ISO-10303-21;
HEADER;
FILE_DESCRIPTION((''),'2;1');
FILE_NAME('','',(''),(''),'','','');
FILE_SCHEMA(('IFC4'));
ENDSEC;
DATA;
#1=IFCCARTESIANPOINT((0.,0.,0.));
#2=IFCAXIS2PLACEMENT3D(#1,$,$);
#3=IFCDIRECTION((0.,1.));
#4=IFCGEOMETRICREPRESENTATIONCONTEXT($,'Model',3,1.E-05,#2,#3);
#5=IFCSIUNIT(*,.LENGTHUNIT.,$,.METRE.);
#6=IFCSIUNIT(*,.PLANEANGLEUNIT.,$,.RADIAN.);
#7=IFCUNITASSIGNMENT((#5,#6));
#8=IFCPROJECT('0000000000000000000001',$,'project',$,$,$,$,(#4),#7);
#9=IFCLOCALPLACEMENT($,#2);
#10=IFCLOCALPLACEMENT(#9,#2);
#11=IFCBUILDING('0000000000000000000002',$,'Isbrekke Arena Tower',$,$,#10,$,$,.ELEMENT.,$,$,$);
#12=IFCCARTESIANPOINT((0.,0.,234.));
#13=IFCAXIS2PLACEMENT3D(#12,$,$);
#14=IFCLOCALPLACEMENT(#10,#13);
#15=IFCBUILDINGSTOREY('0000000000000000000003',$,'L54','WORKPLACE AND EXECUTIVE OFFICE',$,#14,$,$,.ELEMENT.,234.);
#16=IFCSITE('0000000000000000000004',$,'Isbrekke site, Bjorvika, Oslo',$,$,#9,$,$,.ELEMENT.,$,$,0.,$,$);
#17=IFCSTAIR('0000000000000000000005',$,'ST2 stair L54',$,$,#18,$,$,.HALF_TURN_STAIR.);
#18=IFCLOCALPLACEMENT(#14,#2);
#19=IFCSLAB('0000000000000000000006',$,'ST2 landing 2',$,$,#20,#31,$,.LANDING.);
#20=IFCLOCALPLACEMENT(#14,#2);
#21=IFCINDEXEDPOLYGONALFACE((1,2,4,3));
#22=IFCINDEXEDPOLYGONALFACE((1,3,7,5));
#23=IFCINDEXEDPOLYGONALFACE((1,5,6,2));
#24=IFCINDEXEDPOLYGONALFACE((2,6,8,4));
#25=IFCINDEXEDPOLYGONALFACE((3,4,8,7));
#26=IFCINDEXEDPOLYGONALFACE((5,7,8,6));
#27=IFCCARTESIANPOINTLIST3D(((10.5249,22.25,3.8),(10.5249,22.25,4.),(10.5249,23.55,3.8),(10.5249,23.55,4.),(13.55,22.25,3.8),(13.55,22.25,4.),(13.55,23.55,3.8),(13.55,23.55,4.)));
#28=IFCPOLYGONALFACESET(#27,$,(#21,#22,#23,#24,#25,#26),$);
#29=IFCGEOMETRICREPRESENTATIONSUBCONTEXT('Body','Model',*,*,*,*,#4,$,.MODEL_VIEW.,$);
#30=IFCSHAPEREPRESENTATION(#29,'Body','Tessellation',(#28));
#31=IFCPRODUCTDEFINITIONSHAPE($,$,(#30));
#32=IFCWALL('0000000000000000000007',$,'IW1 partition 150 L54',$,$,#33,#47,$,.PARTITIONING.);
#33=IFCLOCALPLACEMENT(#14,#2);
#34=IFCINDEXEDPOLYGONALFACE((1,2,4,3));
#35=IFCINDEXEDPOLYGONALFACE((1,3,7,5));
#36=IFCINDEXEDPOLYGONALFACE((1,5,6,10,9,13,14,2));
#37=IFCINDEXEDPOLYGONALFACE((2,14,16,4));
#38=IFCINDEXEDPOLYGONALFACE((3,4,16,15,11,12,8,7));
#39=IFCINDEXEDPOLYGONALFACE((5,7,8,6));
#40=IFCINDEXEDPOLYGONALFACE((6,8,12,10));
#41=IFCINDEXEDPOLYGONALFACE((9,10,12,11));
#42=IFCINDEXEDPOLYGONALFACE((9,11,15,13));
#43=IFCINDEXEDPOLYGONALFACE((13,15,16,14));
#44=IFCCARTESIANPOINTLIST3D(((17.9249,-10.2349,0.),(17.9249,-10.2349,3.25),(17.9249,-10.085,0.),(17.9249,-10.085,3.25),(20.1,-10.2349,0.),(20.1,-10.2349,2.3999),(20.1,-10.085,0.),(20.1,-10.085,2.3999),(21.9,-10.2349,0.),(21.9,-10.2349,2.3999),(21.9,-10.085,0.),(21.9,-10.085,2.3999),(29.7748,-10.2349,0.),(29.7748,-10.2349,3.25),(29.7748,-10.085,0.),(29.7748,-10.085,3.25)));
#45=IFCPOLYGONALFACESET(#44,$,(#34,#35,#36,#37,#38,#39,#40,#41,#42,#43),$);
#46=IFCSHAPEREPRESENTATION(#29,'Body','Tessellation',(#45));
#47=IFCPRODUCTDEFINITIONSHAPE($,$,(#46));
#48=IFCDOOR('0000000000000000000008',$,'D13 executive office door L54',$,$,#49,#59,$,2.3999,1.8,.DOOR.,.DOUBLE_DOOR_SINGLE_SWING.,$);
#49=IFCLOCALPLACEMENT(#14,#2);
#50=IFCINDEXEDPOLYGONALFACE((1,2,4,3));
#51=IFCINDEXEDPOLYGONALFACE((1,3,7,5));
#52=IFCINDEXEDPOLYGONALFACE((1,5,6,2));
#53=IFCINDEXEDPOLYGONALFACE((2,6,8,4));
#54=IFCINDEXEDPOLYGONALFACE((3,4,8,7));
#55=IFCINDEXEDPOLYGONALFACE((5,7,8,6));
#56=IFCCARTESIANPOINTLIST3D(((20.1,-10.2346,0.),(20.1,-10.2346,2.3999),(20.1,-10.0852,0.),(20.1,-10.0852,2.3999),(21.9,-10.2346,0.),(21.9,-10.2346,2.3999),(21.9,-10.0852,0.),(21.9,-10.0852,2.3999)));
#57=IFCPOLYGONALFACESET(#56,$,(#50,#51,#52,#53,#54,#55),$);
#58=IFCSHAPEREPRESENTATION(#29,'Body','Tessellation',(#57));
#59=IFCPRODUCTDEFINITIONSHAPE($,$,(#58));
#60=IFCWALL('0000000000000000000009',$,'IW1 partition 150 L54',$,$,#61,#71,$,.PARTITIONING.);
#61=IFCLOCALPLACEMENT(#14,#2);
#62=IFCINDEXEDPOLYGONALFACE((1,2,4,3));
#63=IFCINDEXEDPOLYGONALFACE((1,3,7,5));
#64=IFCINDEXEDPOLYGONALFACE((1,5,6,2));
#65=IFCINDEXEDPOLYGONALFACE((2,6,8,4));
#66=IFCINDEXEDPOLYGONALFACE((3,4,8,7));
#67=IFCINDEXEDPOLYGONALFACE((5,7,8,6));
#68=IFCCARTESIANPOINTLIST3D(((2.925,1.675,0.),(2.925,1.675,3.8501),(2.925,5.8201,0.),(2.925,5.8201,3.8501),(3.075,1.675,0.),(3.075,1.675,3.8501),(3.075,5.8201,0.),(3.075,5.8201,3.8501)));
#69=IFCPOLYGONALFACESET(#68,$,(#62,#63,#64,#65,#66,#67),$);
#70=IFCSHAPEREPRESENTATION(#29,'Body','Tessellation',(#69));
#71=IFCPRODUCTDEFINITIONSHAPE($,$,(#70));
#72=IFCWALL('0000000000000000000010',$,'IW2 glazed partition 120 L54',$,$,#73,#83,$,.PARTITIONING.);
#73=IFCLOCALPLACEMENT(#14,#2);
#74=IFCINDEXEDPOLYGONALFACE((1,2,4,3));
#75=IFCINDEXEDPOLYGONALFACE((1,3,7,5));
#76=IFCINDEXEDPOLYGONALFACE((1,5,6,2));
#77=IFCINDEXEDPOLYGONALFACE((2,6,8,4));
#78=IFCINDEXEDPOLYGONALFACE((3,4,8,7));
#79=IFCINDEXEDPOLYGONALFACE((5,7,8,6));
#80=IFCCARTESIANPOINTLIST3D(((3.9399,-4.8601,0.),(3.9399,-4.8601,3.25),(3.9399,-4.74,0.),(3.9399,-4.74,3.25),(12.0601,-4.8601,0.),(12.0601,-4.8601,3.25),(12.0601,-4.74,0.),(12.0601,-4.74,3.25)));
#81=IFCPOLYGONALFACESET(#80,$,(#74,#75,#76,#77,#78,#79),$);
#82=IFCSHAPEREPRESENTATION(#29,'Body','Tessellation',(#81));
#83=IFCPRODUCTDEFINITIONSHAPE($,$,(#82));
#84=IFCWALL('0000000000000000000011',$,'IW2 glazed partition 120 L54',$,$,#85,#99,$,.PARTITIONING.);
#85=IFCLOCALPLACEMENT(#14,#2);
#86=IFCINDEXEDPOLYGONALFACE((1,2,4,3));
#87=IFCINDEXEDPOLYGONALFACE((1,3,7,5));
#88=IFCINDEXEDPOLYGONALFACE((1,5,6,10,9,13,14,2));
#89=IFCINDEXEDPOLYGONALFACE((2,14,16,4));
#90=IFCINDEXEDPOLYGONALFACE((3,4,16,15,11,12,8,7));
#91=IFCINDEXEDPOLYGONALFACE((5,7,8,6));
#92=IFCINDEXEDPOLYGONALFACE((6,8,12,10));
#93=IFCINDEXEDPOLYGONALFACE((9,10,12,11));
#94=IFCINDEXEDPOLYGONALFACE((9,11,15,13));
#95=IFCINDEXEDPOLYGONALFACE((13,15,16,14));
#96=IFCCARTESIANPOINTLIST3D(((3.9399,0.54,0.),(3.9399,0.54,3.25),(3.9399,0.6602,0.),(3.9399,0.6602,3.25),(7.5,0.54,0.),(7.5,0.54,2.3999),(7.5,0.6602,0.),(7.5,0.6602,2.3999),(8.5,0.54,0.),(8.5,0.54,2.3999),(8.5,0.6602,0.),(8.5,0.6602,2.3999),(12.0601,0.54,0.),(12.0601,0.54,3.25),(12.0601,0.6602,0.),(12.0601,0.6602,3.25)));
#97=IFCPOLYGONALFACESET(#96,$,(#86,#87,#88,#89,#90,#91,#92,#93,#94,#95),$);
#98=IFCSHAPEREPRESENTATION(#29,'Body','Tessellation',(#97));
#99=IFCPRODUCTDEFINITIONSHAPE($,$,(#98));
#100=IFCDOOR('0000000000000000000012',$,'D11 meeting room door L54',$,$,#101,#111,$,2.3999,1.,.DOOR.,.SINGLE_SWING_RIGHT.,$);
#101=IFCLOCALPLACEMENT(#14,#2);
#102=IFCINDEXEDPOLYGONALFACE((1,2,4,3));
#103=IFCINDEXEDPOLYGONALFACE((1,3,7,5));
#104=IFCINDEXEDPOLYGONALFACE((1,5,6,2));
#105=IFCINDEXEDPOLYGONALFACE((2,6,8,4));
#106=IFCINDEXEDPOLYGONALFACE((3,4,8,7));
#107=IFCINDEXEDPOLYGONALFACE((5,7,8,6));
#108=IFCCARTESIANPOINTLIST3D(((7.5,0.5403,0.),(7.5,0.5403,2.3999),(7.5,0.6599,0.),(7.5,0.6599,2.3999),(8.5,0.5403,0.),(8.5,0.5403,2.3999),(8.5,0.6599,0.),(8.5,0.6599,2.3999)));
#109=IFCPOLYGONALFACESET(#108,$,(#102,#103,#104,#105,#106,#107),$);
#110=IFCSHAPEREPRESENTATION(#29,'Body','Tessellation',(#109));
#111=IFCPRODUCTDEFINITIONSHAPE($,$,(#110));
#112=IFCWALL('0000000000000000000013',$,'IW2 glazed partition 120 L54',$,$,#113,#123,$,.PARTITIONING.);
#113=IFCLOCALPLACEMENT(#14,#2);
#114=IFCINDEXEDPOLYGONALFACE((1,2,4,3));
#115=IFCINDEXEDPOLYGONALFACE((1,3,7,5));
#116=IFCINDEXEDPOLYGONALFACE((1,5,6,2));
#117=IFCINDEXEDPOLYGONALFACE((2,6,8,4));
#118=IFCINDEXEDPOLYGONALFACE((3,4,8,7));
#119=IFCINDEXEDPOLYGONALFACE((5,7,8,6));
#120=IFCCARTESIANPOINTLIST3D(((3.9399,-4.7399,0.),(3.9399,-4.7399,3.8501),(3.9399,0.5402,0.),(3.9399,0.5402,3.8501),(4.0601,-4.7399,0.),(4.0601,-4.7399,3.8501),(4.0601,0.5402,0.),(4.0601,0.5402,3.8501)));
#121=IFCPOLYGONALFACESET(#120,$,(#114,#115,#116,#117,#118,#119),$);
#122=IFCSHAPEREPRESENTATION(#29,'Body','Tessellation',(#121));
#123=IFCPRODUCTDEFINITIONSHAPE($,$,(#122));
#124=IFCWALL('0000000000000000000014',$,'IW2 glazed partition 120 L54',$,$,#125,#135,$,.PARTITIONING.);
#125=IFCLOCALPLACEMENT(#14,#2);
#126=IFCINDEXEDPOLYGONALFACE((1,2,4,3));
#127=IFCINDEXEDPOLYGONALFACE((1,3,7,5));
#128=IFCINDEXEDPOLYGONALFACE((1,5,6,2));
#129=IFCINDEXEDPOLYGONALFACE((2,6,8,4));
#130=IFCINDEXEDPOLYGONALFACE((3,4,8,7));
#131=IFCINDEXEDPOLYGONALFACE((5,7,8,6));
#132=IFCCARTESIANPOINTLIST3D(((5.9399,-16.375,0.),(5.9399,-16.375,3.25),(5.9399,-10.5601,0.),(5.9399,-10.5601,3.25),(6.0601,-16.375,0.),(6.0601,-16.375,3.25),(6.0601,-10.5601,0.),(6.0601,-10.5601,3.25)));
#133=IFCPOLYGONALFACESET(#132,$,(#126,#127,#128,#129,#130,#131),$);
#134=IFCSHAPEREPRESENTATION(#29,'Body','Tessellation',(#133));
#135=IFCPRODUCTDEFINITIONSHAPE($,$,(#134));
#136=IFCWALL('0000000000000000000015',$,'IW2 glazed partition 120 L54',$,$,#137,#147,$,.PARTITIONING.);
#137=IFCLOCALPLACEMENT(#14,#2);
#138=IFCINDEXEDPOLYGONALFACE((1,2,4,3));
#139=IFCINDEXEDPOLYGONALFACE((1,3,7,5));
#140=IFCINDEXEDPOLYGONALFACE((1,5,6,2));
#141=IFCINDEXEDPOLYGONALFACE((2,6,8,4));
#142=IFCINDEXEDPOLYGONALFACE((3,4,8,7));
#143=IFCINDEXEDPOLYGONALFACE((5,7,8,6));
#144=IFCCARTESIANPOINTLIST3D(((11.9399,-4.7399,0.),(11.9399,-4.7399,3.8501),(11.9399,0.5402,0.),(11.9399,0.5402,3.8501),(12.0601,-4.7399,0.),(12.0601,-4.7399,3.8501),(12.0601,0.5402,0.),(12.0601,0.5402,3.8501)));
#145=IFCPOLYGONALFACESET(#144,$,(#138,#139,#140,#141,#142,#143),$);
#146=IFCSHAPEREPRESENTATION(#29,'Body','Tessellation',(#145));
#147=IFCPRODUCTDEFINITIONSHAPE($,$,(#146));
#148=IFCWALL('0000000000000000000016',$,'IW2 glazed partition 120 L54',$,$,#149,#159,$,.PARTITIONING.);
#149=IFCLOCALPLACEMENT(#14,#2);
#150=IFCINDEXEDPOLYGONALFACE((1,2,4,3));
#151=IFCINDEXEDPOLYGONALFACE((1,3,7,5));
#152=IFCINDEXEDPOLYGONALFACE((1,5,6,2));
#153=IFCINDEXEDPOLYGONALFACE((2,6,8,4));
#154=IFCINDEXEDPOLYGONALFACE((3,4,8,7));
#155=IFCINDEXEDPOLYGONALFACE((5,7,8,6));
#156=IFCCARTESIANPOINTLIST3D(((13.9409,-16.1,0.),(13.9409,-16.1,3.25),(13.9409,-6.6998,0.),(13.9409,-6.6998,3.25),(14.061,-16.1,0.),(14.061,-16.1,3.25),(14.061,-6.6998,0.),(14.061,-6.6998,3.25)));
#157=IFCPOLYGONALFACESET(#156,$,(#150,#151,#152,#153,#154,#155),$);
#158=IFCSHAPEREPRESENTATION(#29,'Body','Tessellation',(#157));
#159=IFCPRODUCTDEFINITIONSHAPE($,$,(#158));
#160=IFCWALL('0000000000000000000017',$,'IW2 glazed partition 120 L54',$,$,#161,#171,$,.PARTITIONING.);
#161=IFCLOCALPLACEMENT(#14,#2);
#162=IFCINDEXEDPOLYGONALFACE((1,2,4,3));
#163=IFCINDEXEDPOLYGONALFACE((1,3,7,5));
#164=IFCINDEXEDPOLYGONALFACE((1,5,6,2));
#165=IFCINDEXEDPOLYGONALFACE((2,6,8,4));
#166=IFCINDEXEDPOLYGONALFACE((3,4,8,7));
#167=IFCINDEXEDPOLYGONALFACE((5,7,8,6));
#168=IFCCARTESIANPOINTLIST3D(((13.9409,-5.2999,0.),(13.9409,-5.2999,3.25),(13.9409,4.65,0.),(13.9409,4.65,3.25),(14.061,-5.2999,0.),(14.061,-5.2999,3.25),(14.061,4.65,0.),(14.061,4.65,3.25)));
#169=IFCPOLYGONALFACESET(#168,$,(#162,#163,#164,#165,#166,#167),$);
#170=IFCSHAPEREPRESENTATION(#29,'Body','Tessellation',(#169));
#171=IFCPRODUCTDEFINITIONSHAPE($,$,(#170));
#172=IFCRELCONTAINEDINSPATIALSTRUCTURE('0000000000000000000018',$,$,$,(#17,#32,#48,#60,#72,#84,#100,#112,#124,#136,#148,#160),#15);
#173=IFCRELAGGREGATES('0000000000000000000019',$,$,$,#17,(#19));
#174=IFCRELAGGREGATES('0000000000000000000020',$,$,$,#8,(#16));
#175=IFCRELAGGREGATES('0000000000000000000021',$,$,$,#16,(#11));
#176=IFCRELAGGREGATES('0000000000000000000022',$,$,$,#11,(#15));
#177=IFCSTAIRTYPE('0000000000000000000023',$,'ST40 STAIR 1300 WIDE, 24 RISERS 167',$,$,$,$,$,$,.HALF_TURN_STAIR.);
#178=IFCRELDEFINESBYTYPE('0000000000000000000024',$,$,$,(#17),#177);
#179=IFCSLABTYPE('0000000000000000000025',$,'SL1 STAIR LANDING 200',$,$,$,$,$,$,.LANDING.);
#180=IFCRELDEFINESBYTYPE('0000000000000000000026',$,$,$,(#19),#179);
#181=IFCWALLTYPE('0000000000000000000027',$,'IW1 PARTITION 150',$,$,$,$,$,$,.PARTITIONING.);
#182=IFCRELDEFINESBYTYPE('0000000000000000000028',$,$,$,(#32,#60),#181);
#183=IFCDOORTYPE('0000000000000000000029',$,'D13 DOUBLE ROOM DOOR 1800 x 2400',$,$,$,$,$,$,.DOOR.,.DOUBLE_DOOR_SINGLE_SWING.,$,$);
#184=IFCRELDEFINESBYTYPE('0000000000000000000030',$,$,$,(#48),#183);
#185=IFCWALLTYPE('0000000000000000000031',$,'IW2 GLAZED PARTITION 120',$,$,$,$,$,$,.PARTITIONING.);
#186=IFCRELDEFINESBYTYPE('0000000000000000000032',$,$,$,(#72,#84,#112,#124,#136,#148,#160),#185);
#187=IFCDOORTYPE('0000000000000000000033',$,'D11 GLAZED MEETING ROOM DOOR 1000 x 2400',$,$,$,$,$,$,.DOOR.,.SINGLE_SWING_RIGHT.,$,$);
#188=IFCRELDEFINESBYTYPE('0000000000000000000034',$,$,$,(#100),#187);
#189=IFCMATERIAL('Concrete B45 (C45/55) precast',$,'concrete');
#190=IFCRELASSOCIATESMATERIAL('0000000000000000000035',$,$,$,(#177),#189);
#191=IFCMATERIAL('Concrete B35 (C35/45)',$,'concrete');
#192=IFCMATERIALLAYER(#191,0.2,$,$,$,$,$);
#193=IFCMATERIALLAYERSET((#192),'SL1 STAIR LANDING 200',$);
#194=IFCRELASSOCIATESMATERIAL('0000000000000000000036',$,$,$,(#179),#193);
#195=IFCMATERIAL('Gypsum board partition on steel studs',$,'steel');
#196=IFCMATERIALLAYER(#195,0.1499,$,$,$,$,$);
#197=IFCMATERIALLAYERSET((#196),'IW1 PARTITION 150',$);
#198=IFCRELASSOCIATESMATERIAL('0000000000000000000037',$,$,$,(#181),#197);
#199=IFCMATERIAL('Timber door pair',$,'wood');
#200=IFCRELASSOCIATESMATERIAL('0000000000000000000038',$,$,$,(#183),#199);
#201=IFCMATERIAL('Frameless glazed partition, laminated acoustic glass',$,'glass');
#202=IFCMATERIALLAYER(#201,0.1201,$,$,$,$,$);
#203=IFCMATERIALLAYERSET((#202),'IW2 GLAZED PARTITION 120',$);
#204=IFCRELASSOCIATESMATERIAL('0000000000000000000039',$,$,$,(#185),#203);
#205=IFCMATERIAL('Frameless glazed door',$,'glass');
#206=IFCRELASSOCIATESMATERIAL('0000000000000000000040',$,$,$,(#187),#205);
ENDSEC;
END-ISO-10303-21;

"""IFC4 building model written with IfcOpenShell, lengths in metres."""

from ifc_helpers import new_model, si_unit, direction, frame, frame_2d, origin, place, context, subcontext, project, spatial, polyline, rectangle, outline, extrude, material, layer, layer_set, type_object, element, fill, aggregate, save


model = new_model("IFC4")

# Units and contexts
model_context = context("Model", 3, precision=1e-05, world=origin(), true_north=direction((0.0, 1.0)))
body_context = subcontext(model_context, "Body", "Model", "MODEL_VIEW")
ifc_project = project(units=[si_unit("LENGTHUNIT", "METRE"), si_unit("PLANEANGLEUNIT", "RADIAN")], contexts=[model_context])

# Site, building, storey
site_placement = place(None, origin())
site = spatial("IfcSite", under=ifc_project, at=site_placement, Name="Isbrekke site, Bjorvika, Oslo", CompositionType="ELEMENT", RefElevation=0.0)
building_placement = place(site_placement, origin())
building = spatial("IfcBuilding", under=site, at=building_placement, Name="Isbrekke Arena Tower", CompositionType="ELEMENT")
storey_placement = place(building_placement, frame((0.0, 0.0, 234.0)))
storey = spatial("IfcBuildingStorey", under=building, at=storey_placement, Name="L54", Description="WORKPLACE AND EXECUTIVE OFFICE", CompositionType="ELEMENT", Elevation=234.0)

# Stair, slab
ifc_material_1 = material(Name="Concrete B45 (C45/55) precast", Category="concrete")
stair_type = type_object("IfcStairType", Name="ST40 STAIR 1300 WIDE, 24 RISERS 167", PredefinedType="HALF_TURN_STAIR", material=ifc_material_1)
ifc_material_2 = material(Name="Concrete B35 (C35/45)", Category="concrete")
ifc_layer_1 = layer(ifc_material_2, 0.2)
ifc_layer_set_1 = layer_set([ifc_layer_1], Name="SL1 STAIR LANDING 200")
slab_type_1 = type_object("IfcSlabType", Name="SL1 STAIR LANDING 200", PredefinedType="LANDING", material=ifc_layer_set_1)
stair_1_placement = place(storey_placement, origin())
stair_1 = element("IfcStair", 1, at=stair_1_placement, inside=storey, type_object=stair_type, Name="ST2 stair L54", PredefinedType="HALF_TURN_STAIR")
slab_1_placement = place(storey_placement, frame((0.0, 0.0, 3.8)))
slab_1 = element("IfcSlab", 2, at=slab_1_placement, type_object=slab_type_1, Name="ST2 landing 2", PredefinedType="LANDING", context=body_context, shape_type="SweptSolid", body=[
    extrude(outline(polyline([(10.5249, 22.25), (13.55, 22.25), (13.55, 23.55), (10.5249, 23.55), (10.5249, 22.25)])), origin(), (0.0, 0.0, 1.0), 0.2),
])
aggregate(stair_1, [slab_1])

# Wall, opening, door
ifc_material_3 = material(Name="Gypsum board partition on steel studs", Category="steel")
ifc_layer_2 = layer(ifc_material_3, 0.1499)
ifc_layer_set_2 = layer_set([ifc_layer_2], Name="IW1 PARTITION 150")
wall_type_1 = type_object("IfcWallType", Name="IW1 PARTITION 150", PredefinedType="PARTITIONING", material=ifc_layer_set_2)
wall_1_placement = place(storey_placement, frame((17.925, -10.1599, 0.0), z_axis=(0.0, 0.0, 1.0), x_axis=(1.0, 0.0, 0.0)))
wall_1 = element("IfcWall", 3, at=wall_1_placement, inside=storey, type_object=wall_type_1, Name="IW1 partition 150 L54", PredefinedType="PARTITIONING", context=body_context, shape_type="SweptSolid", body=[
    extrude(rectangle(XDim=11.8499, YDim=0.1499, at=frame_2d((5.9248, 0.0))), origin(), (0.0, 0.0, 1.0), 3.25),
])
opening_1_placement = place(wall_1_placement, frame((2.175, 0.0, 0.0)))
opening_1 = element("IfcOpeningElement", 4, at=opening_1_placement, cuts=wall_1, PredefinedType="OPENING", context=body_context, shape_type="SweptSolid", body=[
    extrude(rectangle(XDim=1.8, YDim=2.3999, at=frame_2d((0.8999, 1.2))), frame((0.0, 0.0898, 0.0), z_axis=(0.0, -1.0, 0.0), x_axis=(1.0, 0.0, 0.0)), (0.0, 0.0, 1.0), 0.1797),
])
ifc_material_4 = material(Name="Timber door pair", Category="wood")
door_type_1 = type_object("IfcDoorType", Name="D13 DOUBLE ROOM DOOR 1800 x 2400", OperationType="DOUBLE_DOOR_SINGLE_SWING", PredefinedType="DOOR", material=ifc_material_4)
door_1_placement = place(opening_1_placement, origin())
door_1 = element("IfcDoor", 5, at=door_1_placement, inside=storey, type_object=door_type_1, Name="D13 executive office door L54", OperationType="DOUBLE_DOOR_SINGLE_SWING", OverallHeight=2.3999, OverallWidth=1.8, PredefinedType="DOOR", context=body_context, shape_type="SweptSolid", body=[
    extrude(rectangle(XDim=1.8, YDim=2.3999, at=frame_2d((0.8999, 1.2))), frame((0.0, 0.0747, 0.0), z_axis=(0.0, -1.0, 0.0), x_axis=(1.0, 0.0, 0.0)), (0.0, 0.0, 1.0), 0.1494),
])
fill(opening_1, door_1)

# Walls
wall_2_placement = place(storey_placement, frame((3.0, 1.675, 0.0), z_axis=(0.0, 0.0, 1.0), x_axis=(0.0, 1.0, 0.0)))
element("IfcWall", 6, at=wall_2_placement, inside=storey, type_object=wall_type_1, Name="IW1 partition 150 L54", PredefinedType="PARTITIONING", context=body_context, shape_type="SweptSolid", body=[
    extrude(rectangle(XDim=4.145, YDim=0.1499, at=frame_2d((2.0725, 0.0))), origin(), (0.0, 0.0, 1.0), 3.8501),
])
ifc_material_5 = material(Name="Frameless glazed partition, laminated acoustic glass", Category="glass")
ifc_layer_3 = layer(ifc_material_5, 0.1201)
ifc_layer_set_3 = layer_set([ifc_layer_3], Name="IW2 GLAZED PARTITION 120")
wall_type_2 = type_object("IfcWallType", Name="IW2 GLAZED PARTITION 120", PredefinedType="PARTITIONING", material=ifc_layer_set_3)
wall_3_placement = place(storey_placement, frame((3.9399, -4.8, 0.0), z_axis=(0.0, 0.0, 1.0), x_axis=(1.0, 0.0, 0.0)))
element("IfcWall", 7, at=wall_3_placement, inside=storey, type_object=wall_type_2, Name="IW2 glazed partition 120 L54", PredefinedType="PARTITIONING", context=body_context, shape_type="SweptSolid", body=[
    extrude(rectangle(XDim=8.1201, YDim=0.1201, at=frame_2d((4.0601, 0.0))), origin(), (0.0, 0.0, 1.0), 3.25),
])

# Wall, opening, door
wall_4_placement = place(storey_placement, frame((3.9399, 0.6001, 0.0), z_axis=(0.0, 0.0, 1.0), x_axis=(1.0, 0.0, 0.0)))
wall_4 = element("IfcWall", 8, at=wall_4_placement, inside=storey, type_object=wall_type_2, Name="IW2 glazed partition 120 L54", PredefinedType="PARTITIONING", context=body_context, shape_type="SweptSolid", body=[
    extrude(rectangle(XDim=8.1201, YDim=0.1201, at=frame_2d((4.0601, 0.0))), origin(), (0.0, 0.0, 1.0), 3.25),
])
opening_2_placement = place(wall_4_placement, frame((3.5601, 0.0, 0.0)))
opening_2 = element("IfcOpeningElement", 9, at=opening_2_placement, cuts=wall_4, PredefinedType="OPENING", context=body_context, shape_type="SweptSolid", body=[
    extrude(rectangle(XDim=1.0, YDim=2.3999, at=frame_2d((0.5, 1.2))), frame((0.0, 0.075, 0.0), z_axis=(0.0, -1.0, 0.0), x_axis=(1.0, 0.0, 0.0)), (0.0, 0.0, 1.0), 0.1499),
])
ifc_material_6 = material(Name="Frameless glazed door", Category="glass")
door_type_2 = type_object("IfcDoorType", Name="D11 GLAZED MEETING ROOM DOOR 1000 x 2400", OperationType="SINGLE_SWING_RIGHT", PredefinedType="DOOR", material=ifc_material_6)
door_2_placement = place(opening_2_placement, origin())
door_2 = element("IfcDoor", 10, at=door_2_placement, inside=storey, type_object=door_type_2, Name="D11 meeting room door L54", OperationType="SINGLE_SWING_RIGHT", OverallHeight=2.3999, OverallWidth=1.0, PredefinedType="DOOR", context=body_context, shape_type="SweptSolid", body=[
    extrude(rectangle(XDim=1.0, YDim=2.3999, at=frame_2d((0.5, 1.2))), frame((0.0, 0.0598, 0.0), z_axis=(0.0, -1.0, 0.0), x_axis=(1.0, 0.0, 0.0)), (0.0, 0.0, 1.0), 0.1196),
])
fill(opening_2, door_2)

# Walls
wall_5_placement = place(storey_placement, frame((4.0, -4.74, 0.0), z_axis=(0.0, 0.0, 1.0), x_axis=(0.0, 1.0, 0.0)))
element("IfcWall", 11, at=wall_5_placement, inside=storey, type_object=wall_type_2, Name="IW2 glazed partition 120 L54", PredefinedType="PARTITIONING", context=body_context, shape_type="SweptSolid", body=[
    extrude(rectangle(XDim=5.28, YDim=0.1201, at=frame_2d((2.6401, 0.0))), origin(), (0.0, 0.0, 1.0), 3.8501),
])
wall_6_placement = place(storey_placement, frame((6.0, -16.375, 0.0), z_axis=(0.0, 0.0, 1.0), x_axis=(0.0, 1.0, 0.0)))
element("IfcWall", 12, at=wall_6_placement, inside=storey, type_object=wall_type_2, Name="IW2 glazed partition 120 L54", PredefinedType="PARTITIONING", context=body_context, shape_type="SweptSolid", body=[
    extrude(rectangle(XDim=5.8149, YDim=0.1201, at=frame_2d((2.9075, 0.0))), origin(), (0.0, 0.0, 1.0), 3.25),
])
wall_7_placement = place(storey_placement, frame((12.0, -4.74, 0.0), z_axis=(0.0, 0.0, 1.0), x_axis=(0.0, 1.0, 0.0)))
element("IfcWall", 13, at=wall_7_placement, inside=storey, type_object=wall_type_2, Name="IW2 glazed partition 120 L54", PredefinedType="PARTITIONING", context=body_context, shape_type="SweptSolid", body=[
    extrude(rectangle(XDim=5.28, YDim=0.1201, at=frame_2d((2.6401, 0.0))), origin(), (0.0, 0.0, 1.0), 3.8501),
])
wall_8_placement = place(storey_placement, frame((14.001, -16.1001, 0.0), z_axis=(0.0, 0.0, 1.0), x_axis=(0.0, 1.0, 0.0)))
element("IfcWall", 14, at=wall_8_placement, inside=storey, type_object=wall_type_2, Name="IW2 glazed partition 120 L54", PredefinedType="PARTITIONING", context=body_context, shape_type="SweptSolid", body=[
    extrude(rectangle(XDim=9.4001, YDim=0.1201, at=frame_2d((4.7002, 0.0))), origin(), (0.0, 0.0, 1.0), 3.25),
])
wall_9_placement = place(storey_placement, frame((14.001, -5.3, 0.0), z_axis=(0.0, 0.0, 1.0), x_axis=(0.0, 1.0, 0.0)))
element("IfcWall", 15, at=wall_9_placement, inside=storey, type_object=wall_type_2, Name="IW2 glazed partition 120 L54", PredefinedType="PARTITIONING", context=body_context, shape_type="SweptSolid", body=[
    extrude(rectangle(XDim=9.95, YDim=0.1201, at=frame_2d((4.9751, 0.0))), origin(), (0.0, 0.0, 1.0), 3.25),
])

save(model, "model.ifc")
